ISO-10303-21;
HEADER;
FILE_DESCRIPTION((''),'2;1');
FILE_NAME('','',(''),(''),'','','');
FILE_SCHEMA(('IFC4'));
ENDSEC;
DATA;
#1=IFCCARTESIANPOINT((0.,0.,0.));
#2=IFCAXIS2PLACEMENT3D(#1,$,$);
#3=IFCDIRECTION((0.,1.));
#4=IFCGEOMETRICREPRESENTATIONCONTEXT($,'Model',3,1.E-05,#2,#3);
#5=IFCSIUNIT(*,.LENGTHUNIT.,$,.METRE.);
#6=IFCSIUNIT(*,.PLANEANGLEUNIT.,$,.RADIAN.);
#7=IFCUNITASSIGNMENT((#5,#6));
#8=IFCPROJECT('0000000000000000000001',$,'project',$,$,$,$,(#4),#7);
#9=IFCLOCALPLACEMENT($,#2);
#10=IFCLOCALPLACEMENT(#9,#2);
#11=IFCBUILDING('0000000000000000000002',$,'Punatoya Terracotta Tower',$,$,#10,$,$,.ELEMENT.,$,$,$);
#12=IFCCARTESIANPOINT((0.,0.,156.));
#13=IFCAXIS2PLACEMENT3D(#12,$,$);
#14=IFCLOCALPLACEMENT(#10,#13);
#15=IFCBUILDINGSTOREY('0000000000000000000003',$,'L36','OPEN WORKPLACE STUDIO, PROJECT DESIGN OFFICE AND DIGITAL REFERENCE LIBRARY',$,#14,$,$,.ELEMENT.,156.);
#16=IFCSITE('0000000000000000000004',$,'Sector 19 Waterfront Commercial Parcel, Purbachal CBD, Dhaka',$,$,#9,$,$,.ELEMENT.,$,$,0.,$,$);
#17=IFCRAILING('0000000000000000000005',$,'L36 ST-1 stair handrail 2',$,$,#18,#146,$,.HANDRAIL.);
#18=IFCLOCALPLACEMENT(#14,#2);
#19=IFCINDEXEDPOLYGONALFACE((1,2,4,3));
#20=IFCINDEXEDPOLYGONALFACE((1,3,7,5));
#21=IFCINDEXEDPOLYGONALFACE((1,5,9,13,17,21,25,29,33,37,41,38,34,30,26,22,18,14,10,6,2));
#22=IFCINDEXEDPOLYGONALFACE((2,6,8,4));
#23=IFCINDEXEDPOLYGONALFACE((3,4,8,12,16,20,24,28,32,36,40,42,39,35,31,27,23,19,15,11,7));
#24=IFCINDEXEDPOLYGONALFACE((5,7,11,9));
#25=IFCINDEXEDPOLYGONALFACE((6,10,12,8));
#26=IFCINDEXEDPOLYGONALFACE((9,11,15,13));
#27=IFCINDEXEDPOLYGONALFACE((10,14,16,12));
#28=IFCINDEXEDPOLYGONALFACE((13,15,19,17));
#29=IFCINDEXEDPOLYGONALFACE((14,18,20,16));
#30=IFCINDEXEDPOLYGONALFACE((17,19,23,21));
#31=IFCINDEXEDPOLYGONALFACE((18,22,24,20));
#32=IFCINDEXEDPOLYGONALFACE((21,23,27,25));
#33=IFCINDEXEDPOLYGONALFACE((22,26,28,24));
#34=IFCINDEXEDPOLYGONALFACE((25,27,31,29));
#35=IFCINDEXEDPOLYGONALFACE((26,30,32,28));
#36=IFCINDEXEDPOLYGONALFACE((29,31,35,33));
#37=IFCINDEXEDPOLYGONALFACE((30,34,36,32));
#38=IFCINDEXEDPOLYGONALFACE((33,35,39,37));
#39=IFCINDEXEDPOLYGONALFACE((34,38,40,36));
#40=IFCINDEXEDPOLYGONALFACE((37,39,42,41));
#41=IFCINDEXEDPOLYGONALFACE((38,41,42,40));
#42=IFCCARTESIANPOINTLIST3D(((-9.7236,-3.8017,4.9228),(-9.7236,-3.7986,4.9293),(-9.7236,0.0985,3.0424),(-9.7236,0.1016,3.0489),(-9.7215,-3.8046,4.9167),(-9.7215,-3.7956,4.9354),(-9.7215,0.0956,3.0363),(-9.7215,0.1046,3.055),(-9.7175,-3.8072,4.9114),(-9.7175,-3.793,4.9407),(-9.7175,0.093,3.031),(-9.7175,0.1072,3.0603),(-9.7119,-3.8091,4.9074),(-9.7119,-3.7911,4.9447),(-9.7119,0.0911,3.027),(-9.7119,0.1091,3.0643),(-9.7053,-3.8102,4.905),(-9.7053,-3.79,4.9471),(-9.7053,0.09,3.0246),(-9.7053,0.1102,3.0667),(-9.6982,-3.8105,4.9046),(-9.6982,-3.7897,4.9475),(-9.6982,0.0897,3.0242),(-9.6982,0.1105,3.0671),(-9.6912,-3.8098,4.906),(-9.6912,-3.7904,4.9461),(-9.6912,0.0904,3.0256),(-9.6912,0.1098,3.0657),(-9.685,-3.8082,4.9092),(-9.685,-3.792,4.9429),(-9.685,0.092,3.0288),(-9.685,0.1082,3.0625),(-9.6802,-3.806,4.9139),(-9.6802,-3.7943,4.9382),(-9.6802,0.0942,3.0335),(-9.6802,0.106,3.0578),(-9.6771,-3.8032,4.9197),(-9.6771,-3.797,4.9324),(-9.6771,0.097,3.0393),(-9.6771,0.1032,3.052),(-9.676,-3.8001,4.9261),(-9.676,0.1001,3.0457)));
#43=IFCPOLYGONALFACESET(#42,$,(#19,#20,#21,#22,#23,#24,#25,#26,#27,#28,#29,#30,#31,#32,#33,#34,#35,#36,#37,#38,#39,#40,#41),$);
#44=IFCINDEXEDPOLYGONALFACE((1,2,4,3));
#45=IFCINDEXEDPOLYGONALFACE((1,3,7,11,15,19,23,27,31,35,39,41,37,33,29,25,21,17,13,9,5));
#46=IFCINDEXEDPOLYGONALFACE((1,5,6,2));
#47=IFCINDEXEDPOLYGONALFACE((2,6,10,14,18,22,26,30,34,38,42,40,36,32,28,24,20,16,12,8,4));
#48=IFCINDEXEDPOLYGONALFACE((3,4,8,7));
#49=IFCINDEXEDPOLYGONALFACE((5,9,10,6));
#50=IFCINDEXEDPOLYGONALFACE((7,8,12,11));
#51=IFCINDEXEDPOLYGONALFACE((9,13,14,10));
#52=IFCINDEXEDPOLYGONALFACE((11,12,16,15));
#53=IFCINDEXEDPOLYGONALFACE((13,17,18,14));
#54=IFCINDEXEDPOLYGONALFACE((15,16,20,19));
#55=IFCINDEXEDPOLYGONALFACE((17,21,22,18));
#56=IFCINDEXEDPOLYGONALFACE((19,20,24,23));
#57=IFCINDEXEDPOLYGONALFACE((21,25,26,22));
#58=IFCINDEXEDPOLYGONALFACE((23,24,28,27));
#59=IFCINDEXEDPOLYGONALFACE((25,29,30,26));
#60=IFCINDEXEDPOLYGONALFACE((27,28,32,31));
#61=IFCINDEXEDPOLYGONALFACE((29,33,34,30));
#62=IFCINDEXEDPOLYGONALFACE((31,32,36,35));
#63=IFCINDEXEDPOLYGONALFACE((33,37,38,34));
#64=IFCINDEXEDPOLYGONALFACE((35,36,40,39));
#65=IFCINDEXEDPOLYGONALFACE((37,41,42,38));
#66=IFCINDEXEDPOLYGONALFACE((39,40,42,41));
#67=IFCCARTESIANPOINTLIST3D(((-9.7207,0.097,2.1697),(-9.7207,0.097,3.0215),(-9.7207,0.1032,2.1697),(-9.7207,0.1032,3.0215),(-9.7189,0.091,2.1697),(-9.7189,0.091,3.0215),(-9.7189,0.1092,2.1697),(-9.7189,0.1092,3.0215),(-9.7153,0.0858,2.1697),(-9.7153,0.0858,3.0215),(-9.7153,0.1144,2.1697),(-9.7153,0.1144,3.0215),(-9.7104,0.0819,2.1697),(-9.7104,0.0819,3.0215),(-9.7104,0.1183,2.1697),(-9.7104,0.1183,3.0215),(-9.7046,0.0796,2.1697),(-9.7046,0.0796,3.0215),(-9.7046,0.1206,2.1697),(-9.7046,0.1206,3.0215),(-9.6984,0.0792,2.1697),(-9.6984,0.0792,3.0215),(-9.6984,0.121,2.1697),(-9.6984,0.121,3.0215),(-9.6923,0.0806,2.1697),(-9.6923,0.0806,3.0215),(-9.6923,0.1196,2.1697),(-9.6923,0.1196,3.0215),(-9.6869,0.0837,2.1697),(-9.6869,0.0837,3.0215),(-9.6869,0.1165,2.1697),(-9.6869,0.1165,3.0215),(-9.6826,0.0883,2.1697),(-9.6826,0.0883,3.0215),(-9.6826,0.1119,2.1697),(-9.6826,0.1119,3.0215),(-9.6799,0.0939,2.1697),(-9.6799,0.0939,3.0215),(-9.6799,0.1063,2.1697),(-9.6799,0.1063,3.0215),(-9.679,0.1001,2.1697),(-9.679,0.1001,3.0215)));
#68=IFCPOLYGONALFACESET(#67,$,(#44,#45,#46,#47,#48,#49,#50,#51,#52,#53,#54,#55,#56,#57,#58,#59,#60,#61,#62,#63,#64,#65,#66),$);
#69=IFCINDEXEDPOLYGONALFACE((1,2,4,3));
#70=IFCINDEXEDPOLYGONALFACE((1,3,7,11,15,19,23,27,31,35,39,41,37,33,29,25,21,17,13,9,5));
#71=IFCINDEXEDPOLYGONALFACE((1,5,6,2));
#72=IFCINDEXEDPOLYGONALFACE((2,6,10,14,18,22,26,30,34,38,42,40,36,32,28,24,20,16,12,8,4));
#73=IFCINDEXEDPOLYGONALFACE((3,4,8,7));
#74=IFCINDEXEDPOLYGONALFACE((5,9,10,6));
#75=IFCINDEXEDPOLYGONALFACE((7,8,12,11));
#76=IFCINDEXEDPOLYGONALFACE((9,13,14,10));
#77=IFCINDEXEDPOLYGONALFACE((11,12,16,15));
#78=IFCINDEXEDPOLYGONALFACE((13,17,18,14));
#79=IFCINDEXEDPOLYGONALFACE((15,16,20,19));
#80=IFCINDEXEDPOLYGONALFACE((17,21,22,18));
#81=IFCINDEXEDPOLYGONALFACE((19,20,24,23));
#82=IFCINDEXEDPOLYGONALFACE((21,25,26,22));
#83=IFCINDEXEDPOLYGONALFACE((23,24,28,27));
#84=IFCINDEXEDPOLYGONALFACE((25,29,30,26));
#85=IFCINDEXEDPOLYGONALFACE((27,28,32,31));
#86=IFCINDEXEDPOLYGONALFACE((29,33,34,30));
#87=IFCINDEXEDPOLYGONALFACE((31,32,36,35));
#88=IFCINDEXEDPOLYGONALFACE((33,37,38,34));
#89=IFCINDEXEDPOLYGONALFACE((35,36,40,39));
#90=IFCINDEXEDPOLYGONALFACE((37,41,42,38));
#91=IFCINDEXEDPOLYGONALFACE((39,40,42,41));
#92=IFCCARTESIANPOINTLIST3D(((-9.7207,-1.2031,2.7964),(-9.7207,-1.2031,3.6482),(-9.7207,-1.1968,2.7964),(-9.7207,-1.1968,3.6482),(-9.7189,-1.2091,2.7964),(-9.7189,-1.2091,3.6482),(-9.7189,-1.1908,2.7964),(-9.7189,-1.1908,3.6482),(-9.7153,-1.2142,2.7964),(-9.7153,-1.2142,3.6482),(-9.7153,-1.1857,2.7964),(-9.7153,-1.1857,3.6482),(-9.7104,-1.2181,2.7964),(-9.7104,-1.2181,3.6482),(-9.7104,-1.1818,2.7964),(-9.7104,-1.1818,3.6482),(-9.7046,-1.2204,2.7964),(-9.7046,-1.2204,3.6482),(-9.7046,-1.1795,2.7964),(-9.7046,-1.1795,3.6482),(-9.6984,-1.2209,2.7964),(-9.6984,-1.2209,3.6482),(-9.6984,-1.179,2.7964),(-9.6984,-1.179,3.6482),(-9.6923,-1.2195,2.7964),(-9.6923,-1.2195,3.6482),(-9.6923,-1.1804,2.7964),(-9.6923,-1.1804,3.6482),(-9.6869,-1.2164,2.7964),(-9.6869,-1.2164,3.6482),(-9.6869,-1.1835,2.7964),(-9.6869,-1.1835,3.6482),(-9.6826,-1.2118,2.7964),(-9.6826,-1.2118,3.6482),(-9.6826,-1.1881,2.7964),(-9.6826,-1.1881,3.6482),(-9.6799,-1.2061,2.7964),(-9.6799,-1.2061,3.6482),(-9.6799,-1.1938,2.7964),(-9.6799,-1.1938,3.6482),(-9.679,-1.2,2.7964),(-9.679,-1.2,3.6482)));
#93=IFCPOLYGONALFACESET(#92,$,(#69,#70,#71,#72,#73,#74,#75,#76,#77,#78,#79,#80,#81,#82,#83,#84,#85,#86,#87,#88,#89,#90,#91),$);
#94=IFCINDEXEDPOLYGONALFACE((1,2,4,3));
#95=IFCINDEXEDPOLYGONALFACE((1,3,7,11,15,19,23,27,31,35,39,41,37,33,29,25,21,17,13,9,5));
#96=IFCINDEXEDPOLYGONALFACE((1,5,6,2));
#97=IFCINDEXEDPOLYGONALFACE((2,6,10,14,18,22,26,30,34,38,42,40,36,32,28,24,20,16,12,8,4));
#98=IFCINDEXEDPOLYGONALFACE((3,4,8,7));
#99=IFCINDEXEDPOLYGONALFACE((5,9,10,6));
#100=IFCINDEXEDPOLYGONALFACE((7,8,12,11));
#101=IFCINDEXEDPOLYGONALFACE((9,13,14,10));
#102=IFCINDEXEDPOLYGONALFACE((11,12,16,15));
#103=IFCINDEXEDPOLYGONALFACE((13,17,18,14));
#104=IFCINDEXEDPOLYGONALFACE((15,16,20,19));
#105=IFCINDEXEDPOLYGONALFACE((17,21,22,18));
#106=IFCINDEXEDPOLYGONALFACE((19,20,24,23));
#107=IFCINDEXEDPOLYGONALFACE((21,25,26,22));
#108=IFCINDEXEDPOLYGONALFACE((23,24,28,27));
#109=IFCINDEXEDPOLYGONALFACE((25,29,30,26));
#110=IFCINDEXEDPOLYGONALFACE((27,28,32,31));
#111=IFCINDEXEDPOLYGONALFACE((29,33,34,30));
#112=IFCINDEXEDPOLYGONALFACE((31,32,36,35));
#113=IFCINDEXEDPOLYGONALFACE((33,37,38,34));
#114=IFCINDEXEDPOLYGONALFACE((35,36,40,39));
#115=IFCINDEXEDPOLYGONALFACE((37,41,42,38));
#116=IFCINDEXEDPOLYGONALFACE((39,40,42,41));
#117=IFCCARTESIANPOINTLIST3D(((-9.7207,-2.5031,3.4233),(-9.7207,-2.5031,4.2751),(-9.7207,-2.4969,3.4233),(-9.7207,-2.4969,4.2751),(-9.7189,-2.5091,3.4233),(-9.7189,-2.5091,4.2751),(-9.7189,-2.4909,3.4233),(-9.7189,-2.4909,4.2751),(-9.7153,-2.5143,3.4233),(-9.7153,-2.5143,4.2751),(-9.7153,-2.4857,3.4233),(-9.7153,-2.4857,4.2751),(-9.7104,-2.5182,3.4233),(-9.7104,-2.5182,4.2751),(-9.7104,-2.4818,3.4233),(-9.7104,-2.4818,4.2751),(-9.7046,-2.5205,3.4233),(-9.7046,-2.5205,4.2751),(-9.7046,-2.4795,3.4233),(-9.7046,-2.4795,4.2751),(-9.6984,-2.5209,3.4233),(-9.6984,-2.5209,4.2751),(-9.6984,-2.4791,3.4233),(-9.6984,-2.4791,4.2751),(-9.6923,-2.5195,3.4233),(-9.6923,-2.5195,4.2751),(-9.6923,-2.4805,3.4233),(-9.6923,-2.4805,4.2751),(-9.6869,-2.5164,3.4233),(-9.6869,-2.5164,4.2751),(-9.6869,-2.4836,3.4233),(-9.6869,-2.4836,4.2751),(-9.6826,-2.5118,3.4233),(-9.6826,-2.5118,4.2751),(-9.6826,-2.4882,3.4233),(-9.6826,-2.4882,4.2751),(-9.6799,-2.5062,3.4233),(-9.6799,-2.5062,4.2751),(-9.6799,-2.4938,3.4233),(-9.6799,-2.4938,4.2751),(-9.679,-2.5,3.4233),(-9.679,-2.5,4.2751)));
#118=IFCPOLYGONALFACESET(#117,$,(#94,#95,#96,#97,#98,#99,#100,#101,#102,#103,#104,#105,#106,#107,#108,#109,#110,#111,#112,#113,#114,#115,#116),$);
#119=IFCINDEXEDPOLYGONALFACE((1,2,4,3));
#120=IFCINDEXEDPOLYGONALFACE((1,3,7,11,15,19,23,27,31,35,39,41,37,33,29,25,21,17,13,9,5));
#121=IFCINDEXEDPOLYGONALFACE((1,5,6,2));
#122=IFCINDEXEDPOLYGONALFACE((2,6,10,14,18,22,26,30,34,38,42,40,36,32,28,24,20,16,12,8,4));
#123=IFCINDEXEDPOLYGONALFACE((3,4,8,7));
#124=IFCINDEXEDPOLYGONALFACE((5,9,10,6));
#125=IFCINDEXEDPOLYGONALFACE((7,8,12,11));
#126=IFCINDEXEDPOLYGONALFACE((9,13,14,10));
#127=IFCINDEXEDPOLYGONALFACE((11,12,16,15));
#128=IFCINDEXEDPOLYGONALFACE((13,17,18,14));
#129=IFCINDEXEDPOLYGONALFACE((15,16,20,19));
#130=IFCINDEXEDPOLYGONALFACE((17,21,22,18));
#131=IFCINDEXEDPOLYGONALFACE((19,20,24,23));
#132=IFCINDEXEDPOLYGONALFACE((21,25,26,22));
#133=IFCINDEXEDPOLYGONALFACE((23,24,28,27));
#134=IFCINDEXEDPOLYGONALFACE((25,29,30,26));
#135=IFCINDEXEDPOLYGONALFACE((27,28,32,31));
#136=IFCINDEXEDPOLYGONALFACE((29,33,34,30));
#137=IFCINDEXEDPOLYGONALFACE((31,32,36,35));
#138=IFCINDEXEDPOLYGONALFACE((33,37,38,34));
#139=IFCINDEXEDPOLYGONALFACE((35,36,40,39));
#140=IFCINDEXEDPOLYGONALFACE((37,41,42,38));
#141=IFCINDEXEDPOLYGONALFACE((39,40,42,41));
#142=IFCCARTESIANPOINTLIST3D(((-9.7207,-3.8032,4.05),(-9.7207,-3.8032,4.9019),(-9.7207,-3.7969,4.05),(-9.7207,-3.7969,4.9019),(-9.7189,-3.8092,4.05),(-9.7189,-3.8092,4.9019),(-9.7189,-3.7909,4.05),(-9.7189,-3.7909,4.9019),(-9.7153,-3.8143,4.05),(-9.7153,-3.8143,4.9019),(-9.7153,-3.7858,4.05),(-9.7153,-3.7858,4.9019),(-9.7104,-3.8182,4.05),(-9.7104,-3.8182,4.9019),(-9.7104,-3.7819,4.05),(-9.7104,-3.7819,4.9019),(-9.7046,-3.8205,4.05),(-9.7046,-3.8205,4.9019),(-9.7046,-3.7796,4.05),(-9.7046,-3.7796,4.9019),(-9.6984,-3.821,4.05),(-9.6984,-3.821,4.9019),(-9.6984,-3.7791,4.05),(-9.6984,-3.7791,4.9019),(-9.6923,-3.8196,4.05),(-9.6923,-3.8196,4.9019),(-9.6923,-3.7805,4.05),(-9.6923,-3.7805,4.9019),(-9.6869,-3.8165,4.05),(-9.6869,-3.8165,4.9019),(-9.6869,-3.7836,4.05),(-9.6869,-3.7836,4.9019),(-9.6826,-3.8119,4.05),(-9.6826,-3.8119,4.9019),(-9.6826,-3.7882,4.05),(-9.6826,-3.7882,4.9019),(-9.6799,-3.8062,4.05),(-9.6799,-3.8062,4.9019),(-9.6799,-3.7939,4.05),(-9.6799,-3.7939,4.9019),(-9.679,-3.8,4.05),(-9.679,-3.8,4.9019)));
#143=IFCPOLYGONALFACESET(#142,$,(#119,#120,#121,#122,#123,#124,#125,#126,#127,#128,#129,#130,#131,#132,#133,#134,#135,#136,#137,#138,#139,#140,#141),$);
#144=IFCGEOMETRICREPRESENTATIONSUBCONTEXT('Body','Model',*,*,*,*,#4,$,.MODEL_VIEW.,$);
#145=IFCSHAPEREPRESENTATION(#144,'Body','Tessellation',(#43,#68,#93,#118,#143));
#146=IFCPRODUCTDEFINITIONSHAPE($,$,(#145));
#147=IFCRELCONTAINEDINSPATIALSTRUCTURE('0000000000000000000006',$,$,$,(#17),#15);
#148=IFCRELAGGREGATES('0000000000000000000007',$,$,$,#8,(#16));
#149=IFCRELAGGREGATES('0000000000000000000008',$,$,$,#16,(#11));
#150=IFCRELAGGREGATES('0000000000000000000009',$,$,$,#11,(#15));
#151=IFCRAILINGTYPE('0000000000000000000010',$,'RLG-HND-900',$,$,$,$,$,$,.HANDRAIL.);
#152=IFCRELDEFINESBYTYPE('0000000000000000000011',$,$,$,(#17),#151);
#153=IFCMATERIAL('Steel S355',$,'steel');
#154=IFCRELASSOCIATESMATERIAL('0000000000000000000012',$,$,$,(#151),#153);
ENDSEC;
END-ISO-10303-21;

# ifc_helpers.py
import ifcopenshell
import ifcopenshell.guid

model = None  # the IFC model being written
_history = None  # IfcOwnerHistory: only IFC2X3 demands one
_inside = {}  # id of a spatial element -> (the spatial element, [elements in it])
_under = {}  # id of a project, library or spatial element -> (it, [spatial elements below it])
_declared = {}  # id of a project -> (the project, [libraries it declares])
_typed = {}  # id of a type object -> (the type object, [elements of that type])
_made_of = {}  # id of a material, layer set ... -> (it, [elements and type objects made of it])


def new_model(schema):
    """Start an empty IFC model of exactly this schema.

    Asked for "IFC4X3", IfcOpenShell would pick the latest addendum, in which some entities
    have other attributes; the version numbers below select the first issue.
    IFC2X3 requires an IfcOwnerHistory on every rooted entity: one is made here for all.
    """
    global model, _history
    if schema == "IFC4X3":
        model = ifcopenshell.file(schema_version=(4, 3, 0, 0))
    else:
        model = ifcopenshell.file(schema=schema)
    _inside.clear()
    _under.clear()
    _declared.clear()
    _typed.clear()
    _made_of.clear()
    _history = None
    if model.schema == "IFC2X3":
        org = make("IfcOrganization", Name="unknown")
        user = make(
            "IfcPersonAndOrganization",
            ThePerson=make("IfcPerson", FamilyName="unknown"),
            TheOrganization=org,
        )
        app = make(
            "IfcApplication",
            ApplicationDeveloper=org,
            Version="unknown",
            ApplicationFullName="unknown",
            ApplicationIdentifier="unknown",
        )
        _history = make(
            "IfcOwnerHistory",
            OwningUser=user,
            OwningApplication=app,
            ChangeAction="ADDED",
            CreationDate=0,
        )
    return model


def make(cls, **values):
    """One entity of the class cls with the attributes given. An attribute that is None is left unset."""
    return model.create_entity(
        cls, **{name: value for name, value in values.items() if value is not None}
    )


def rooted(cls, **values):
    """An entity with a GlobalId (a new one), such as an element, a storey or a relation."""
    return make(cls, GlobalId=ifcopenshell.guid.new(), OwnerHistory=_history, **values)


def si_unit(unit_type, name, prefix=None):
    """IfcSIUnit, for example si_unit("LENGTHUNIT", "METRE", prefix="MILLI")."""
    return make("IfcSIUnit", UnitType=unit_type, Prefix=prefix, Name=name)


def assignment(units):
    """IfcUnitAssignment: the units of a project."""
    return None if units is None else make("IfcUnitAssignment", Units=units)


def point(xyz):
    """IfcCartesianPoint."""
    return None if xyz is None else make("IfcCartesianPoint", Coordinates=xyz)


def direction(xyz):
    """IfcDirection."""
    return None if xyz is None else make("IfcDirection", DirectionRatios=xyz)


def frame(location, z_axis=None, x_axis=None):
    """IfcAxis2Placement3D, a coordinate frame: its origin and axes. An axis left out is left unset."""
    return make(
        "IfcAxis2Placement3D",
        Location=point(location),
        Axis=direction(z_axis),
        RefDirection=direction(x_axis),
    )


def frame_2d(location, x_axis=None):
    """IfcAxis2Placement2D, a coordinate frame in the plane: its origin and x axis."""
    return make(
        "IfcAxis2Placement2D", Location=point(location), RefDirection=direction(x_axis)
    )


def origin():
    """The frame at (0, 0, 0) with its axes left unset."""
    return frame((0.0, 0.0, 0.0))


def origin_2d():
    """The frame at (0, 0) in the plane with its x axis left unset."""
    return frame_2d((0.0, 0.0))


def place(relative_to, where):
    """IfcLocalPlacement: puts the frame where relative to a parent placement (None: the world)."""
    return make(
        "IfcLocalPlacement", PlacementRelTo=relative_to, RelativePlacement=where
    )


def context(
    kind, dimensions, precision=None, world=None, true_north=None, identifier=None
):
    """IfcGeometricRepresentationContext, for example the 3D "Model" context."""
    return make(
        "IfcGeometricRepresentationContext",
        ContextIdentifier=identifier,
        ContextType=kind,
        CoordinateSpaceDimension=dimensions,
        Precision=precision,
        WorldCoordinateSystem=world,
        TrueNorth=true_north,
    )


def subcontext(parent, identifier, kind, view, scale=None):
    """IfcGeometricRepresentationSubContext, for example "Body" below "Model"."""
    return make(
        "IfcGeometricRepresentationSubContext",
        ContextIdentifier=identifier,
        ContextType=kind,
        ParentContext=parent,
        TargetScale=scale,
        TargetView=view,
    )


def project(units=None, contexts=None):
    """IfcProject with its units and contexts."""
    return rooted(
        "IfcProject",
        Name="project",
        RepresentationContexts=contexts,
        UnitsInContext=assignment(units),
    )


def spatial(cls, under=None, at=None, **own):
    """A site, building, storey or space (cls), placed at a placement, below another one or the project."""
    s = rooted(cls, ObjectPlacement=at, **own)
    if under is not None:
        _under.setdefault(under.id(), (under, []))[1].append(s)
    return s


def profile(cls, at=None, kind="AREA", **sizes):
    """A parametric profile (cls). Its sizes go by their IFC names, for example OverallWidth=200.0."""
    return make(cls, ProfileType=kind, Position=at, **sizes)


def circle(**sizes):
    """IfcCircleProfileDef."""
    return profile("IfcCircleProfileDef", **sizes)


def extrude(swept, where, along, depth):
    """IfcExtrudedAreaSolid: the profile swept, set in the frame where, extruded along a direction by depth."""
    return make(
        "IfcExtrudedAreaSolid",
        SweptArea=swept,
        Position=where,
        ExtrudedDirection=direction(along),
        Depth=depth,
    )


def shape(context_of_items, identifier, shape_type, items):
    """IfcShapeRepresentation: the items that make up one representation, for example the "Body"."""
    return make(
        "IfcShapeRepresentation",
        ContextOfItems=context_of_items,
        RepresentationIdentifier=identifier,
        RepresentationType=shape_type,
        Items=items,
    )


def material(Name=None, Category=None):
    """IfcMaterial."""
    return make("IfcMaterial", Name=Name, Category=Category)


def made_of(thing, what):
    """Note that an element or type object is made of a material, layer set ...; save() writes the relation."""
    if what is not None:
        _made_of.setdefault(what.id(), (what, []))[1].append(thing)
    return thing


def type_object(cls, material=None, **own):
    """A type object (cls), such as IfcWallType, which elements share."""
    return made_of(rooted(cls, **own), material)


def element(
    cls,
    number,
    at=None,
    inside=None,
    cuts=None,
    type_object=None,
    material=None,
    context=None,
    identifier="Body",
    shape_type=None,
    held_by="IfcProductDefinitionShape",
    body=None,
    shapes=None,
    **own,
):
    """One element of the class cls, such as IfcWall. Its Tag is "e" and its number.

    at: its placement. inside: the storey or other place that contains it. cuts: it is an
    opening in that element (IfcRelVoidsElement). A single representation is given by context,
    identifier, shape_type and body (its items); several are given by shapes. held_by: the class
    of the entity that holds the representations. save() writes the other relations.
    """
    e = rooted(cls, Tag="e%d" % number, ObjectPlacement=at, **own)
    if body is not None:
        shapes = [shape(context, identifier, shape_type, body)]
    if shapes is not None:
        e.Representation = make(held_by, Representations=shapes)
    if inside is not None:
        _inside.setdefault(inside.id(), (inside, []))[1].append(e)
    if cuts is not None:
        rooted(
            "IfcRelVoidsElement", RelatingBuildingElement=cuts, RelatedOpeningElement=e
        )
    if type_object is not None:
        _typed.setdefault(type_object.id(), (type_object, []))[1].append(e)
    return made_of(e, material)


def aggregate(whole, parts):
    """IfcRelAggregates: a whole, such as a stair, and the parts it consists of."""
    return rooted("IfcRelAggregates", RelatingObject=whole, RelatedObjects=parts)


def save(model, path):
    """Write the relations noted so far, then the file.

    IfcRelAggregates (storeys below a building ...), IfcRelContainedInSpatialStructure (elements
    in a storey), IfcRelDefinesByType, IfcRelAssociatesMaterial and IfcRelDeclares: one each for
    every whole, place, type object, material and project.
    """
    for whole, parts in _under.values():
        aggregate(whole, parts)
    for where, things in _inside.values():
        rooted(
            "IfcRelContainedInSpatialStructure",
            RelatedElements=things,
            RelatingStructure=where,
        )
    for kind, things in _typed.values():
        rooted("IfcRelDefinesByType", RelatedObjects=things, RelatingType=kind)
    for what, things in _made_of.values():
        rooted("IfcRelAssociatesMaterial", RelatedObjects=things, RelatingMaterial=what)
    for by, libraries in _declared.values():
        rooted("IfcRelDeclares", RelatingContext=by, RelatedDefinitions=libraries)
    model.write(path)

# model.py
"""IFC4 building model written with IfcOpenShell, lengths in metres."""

from ifc_helpers import new_model, si_unit, direction, frame, origin, origin_2d, place, context, subcontext, project, spatial, circle, extrude, material, type_object, element, save


model = new_model("IFC4")

# Units and contexts
model_context = context("Model", 3, precision=1e-05, world=origin(), true_north=direction((0.0, 1.0)))
body_context = subcontext(model_context, "Body", "Model", "MODEL_VIEW")
ifc_project = project(units=[si_unit("LENGTHUNIT", "METRE"), si_unit("PLANEANGLEUNIT", "RADIAN")], contexts=[model_context])

# Site, building, storey
site_placement = place(None, origin())
site = spatial("IfcSite", under=ifc_project, at=site_placement, Name="Sector 19 Waterfront Commercial Parcel, Purbachal CBD, Dhaka", CompositionType="ELEMENT", RefElevation=0.0)
building_placement = place(site_placement, origin())
building = spatial("IfcBuilding", under=site, at=building_placement, Name="Punatoya Terracotta Tower", CompositionType="ELEMENT")
storey_placement = place(building_placement, frame((0.0, 0.0, 156.0)))
storey = spatial("IfcBuildingStorey", under=building, at=storey_placement, Name="L36", Description="OPEN WORKPLACE STUDIO, PROJECT DESIGN OFFICE AND DIGITAL REFERENCE LIBRARY", CompositionType="ELEMENT", Elevation=156.0)

# Shared definitions
ifc_material_1 = material(Name="Steel S355", Category="steel")

# Railing
railing_type_1 = type_object("IfcRailingType", Name="RLG-HND-900", PredefinedType="HANDRAIL", material=ifc_material_1)
railing_1_placement = place(storey_placement, frame((-9.7, 0.1001, 2.1697)))
element("IfcRailing", 1, at=railing_1_placement, inside=storey, type_object=railing_type_1, Name="L36 ST-1 stair handrail 2", PredefinedType="HANDRAIL", context=body_context, shape_type="SweptSolid", body=[
    extrude(circle(Radius=0.0239, at=origin_2d()), frame((0.0, 0.0, 0.876), z_axis=(0.0, -0.900774, 0.434289), x_axis=(1.0, 0.0, 0.0)), (0.0, 0.0, 1.0), 4.3298),
    extrude(circle(Radius=0.021, at=origin_2d()), origin(), (0.0, 0.0, 1.0), 0.8518),
    extrude(circle(Radius=0.021, at=origin_2d()), frame((0.0, -1.3, 0.6267)), (0.0, 0.0, 1.0), 0.8518),
    extrude(circle(Radius=0.021, at=origin_2d()), frame((0.0, -2.6001, 1.2537)), (0.0, 0.0, 1.0), 0.8518),
    extrude(circle(Radius=0.021, at=origin_2d()), frame((0.0, -3.9001, 1.8804)), (0.0, 0.0, 1.0), 0.8518),
])

save(model, "model.ifc")
